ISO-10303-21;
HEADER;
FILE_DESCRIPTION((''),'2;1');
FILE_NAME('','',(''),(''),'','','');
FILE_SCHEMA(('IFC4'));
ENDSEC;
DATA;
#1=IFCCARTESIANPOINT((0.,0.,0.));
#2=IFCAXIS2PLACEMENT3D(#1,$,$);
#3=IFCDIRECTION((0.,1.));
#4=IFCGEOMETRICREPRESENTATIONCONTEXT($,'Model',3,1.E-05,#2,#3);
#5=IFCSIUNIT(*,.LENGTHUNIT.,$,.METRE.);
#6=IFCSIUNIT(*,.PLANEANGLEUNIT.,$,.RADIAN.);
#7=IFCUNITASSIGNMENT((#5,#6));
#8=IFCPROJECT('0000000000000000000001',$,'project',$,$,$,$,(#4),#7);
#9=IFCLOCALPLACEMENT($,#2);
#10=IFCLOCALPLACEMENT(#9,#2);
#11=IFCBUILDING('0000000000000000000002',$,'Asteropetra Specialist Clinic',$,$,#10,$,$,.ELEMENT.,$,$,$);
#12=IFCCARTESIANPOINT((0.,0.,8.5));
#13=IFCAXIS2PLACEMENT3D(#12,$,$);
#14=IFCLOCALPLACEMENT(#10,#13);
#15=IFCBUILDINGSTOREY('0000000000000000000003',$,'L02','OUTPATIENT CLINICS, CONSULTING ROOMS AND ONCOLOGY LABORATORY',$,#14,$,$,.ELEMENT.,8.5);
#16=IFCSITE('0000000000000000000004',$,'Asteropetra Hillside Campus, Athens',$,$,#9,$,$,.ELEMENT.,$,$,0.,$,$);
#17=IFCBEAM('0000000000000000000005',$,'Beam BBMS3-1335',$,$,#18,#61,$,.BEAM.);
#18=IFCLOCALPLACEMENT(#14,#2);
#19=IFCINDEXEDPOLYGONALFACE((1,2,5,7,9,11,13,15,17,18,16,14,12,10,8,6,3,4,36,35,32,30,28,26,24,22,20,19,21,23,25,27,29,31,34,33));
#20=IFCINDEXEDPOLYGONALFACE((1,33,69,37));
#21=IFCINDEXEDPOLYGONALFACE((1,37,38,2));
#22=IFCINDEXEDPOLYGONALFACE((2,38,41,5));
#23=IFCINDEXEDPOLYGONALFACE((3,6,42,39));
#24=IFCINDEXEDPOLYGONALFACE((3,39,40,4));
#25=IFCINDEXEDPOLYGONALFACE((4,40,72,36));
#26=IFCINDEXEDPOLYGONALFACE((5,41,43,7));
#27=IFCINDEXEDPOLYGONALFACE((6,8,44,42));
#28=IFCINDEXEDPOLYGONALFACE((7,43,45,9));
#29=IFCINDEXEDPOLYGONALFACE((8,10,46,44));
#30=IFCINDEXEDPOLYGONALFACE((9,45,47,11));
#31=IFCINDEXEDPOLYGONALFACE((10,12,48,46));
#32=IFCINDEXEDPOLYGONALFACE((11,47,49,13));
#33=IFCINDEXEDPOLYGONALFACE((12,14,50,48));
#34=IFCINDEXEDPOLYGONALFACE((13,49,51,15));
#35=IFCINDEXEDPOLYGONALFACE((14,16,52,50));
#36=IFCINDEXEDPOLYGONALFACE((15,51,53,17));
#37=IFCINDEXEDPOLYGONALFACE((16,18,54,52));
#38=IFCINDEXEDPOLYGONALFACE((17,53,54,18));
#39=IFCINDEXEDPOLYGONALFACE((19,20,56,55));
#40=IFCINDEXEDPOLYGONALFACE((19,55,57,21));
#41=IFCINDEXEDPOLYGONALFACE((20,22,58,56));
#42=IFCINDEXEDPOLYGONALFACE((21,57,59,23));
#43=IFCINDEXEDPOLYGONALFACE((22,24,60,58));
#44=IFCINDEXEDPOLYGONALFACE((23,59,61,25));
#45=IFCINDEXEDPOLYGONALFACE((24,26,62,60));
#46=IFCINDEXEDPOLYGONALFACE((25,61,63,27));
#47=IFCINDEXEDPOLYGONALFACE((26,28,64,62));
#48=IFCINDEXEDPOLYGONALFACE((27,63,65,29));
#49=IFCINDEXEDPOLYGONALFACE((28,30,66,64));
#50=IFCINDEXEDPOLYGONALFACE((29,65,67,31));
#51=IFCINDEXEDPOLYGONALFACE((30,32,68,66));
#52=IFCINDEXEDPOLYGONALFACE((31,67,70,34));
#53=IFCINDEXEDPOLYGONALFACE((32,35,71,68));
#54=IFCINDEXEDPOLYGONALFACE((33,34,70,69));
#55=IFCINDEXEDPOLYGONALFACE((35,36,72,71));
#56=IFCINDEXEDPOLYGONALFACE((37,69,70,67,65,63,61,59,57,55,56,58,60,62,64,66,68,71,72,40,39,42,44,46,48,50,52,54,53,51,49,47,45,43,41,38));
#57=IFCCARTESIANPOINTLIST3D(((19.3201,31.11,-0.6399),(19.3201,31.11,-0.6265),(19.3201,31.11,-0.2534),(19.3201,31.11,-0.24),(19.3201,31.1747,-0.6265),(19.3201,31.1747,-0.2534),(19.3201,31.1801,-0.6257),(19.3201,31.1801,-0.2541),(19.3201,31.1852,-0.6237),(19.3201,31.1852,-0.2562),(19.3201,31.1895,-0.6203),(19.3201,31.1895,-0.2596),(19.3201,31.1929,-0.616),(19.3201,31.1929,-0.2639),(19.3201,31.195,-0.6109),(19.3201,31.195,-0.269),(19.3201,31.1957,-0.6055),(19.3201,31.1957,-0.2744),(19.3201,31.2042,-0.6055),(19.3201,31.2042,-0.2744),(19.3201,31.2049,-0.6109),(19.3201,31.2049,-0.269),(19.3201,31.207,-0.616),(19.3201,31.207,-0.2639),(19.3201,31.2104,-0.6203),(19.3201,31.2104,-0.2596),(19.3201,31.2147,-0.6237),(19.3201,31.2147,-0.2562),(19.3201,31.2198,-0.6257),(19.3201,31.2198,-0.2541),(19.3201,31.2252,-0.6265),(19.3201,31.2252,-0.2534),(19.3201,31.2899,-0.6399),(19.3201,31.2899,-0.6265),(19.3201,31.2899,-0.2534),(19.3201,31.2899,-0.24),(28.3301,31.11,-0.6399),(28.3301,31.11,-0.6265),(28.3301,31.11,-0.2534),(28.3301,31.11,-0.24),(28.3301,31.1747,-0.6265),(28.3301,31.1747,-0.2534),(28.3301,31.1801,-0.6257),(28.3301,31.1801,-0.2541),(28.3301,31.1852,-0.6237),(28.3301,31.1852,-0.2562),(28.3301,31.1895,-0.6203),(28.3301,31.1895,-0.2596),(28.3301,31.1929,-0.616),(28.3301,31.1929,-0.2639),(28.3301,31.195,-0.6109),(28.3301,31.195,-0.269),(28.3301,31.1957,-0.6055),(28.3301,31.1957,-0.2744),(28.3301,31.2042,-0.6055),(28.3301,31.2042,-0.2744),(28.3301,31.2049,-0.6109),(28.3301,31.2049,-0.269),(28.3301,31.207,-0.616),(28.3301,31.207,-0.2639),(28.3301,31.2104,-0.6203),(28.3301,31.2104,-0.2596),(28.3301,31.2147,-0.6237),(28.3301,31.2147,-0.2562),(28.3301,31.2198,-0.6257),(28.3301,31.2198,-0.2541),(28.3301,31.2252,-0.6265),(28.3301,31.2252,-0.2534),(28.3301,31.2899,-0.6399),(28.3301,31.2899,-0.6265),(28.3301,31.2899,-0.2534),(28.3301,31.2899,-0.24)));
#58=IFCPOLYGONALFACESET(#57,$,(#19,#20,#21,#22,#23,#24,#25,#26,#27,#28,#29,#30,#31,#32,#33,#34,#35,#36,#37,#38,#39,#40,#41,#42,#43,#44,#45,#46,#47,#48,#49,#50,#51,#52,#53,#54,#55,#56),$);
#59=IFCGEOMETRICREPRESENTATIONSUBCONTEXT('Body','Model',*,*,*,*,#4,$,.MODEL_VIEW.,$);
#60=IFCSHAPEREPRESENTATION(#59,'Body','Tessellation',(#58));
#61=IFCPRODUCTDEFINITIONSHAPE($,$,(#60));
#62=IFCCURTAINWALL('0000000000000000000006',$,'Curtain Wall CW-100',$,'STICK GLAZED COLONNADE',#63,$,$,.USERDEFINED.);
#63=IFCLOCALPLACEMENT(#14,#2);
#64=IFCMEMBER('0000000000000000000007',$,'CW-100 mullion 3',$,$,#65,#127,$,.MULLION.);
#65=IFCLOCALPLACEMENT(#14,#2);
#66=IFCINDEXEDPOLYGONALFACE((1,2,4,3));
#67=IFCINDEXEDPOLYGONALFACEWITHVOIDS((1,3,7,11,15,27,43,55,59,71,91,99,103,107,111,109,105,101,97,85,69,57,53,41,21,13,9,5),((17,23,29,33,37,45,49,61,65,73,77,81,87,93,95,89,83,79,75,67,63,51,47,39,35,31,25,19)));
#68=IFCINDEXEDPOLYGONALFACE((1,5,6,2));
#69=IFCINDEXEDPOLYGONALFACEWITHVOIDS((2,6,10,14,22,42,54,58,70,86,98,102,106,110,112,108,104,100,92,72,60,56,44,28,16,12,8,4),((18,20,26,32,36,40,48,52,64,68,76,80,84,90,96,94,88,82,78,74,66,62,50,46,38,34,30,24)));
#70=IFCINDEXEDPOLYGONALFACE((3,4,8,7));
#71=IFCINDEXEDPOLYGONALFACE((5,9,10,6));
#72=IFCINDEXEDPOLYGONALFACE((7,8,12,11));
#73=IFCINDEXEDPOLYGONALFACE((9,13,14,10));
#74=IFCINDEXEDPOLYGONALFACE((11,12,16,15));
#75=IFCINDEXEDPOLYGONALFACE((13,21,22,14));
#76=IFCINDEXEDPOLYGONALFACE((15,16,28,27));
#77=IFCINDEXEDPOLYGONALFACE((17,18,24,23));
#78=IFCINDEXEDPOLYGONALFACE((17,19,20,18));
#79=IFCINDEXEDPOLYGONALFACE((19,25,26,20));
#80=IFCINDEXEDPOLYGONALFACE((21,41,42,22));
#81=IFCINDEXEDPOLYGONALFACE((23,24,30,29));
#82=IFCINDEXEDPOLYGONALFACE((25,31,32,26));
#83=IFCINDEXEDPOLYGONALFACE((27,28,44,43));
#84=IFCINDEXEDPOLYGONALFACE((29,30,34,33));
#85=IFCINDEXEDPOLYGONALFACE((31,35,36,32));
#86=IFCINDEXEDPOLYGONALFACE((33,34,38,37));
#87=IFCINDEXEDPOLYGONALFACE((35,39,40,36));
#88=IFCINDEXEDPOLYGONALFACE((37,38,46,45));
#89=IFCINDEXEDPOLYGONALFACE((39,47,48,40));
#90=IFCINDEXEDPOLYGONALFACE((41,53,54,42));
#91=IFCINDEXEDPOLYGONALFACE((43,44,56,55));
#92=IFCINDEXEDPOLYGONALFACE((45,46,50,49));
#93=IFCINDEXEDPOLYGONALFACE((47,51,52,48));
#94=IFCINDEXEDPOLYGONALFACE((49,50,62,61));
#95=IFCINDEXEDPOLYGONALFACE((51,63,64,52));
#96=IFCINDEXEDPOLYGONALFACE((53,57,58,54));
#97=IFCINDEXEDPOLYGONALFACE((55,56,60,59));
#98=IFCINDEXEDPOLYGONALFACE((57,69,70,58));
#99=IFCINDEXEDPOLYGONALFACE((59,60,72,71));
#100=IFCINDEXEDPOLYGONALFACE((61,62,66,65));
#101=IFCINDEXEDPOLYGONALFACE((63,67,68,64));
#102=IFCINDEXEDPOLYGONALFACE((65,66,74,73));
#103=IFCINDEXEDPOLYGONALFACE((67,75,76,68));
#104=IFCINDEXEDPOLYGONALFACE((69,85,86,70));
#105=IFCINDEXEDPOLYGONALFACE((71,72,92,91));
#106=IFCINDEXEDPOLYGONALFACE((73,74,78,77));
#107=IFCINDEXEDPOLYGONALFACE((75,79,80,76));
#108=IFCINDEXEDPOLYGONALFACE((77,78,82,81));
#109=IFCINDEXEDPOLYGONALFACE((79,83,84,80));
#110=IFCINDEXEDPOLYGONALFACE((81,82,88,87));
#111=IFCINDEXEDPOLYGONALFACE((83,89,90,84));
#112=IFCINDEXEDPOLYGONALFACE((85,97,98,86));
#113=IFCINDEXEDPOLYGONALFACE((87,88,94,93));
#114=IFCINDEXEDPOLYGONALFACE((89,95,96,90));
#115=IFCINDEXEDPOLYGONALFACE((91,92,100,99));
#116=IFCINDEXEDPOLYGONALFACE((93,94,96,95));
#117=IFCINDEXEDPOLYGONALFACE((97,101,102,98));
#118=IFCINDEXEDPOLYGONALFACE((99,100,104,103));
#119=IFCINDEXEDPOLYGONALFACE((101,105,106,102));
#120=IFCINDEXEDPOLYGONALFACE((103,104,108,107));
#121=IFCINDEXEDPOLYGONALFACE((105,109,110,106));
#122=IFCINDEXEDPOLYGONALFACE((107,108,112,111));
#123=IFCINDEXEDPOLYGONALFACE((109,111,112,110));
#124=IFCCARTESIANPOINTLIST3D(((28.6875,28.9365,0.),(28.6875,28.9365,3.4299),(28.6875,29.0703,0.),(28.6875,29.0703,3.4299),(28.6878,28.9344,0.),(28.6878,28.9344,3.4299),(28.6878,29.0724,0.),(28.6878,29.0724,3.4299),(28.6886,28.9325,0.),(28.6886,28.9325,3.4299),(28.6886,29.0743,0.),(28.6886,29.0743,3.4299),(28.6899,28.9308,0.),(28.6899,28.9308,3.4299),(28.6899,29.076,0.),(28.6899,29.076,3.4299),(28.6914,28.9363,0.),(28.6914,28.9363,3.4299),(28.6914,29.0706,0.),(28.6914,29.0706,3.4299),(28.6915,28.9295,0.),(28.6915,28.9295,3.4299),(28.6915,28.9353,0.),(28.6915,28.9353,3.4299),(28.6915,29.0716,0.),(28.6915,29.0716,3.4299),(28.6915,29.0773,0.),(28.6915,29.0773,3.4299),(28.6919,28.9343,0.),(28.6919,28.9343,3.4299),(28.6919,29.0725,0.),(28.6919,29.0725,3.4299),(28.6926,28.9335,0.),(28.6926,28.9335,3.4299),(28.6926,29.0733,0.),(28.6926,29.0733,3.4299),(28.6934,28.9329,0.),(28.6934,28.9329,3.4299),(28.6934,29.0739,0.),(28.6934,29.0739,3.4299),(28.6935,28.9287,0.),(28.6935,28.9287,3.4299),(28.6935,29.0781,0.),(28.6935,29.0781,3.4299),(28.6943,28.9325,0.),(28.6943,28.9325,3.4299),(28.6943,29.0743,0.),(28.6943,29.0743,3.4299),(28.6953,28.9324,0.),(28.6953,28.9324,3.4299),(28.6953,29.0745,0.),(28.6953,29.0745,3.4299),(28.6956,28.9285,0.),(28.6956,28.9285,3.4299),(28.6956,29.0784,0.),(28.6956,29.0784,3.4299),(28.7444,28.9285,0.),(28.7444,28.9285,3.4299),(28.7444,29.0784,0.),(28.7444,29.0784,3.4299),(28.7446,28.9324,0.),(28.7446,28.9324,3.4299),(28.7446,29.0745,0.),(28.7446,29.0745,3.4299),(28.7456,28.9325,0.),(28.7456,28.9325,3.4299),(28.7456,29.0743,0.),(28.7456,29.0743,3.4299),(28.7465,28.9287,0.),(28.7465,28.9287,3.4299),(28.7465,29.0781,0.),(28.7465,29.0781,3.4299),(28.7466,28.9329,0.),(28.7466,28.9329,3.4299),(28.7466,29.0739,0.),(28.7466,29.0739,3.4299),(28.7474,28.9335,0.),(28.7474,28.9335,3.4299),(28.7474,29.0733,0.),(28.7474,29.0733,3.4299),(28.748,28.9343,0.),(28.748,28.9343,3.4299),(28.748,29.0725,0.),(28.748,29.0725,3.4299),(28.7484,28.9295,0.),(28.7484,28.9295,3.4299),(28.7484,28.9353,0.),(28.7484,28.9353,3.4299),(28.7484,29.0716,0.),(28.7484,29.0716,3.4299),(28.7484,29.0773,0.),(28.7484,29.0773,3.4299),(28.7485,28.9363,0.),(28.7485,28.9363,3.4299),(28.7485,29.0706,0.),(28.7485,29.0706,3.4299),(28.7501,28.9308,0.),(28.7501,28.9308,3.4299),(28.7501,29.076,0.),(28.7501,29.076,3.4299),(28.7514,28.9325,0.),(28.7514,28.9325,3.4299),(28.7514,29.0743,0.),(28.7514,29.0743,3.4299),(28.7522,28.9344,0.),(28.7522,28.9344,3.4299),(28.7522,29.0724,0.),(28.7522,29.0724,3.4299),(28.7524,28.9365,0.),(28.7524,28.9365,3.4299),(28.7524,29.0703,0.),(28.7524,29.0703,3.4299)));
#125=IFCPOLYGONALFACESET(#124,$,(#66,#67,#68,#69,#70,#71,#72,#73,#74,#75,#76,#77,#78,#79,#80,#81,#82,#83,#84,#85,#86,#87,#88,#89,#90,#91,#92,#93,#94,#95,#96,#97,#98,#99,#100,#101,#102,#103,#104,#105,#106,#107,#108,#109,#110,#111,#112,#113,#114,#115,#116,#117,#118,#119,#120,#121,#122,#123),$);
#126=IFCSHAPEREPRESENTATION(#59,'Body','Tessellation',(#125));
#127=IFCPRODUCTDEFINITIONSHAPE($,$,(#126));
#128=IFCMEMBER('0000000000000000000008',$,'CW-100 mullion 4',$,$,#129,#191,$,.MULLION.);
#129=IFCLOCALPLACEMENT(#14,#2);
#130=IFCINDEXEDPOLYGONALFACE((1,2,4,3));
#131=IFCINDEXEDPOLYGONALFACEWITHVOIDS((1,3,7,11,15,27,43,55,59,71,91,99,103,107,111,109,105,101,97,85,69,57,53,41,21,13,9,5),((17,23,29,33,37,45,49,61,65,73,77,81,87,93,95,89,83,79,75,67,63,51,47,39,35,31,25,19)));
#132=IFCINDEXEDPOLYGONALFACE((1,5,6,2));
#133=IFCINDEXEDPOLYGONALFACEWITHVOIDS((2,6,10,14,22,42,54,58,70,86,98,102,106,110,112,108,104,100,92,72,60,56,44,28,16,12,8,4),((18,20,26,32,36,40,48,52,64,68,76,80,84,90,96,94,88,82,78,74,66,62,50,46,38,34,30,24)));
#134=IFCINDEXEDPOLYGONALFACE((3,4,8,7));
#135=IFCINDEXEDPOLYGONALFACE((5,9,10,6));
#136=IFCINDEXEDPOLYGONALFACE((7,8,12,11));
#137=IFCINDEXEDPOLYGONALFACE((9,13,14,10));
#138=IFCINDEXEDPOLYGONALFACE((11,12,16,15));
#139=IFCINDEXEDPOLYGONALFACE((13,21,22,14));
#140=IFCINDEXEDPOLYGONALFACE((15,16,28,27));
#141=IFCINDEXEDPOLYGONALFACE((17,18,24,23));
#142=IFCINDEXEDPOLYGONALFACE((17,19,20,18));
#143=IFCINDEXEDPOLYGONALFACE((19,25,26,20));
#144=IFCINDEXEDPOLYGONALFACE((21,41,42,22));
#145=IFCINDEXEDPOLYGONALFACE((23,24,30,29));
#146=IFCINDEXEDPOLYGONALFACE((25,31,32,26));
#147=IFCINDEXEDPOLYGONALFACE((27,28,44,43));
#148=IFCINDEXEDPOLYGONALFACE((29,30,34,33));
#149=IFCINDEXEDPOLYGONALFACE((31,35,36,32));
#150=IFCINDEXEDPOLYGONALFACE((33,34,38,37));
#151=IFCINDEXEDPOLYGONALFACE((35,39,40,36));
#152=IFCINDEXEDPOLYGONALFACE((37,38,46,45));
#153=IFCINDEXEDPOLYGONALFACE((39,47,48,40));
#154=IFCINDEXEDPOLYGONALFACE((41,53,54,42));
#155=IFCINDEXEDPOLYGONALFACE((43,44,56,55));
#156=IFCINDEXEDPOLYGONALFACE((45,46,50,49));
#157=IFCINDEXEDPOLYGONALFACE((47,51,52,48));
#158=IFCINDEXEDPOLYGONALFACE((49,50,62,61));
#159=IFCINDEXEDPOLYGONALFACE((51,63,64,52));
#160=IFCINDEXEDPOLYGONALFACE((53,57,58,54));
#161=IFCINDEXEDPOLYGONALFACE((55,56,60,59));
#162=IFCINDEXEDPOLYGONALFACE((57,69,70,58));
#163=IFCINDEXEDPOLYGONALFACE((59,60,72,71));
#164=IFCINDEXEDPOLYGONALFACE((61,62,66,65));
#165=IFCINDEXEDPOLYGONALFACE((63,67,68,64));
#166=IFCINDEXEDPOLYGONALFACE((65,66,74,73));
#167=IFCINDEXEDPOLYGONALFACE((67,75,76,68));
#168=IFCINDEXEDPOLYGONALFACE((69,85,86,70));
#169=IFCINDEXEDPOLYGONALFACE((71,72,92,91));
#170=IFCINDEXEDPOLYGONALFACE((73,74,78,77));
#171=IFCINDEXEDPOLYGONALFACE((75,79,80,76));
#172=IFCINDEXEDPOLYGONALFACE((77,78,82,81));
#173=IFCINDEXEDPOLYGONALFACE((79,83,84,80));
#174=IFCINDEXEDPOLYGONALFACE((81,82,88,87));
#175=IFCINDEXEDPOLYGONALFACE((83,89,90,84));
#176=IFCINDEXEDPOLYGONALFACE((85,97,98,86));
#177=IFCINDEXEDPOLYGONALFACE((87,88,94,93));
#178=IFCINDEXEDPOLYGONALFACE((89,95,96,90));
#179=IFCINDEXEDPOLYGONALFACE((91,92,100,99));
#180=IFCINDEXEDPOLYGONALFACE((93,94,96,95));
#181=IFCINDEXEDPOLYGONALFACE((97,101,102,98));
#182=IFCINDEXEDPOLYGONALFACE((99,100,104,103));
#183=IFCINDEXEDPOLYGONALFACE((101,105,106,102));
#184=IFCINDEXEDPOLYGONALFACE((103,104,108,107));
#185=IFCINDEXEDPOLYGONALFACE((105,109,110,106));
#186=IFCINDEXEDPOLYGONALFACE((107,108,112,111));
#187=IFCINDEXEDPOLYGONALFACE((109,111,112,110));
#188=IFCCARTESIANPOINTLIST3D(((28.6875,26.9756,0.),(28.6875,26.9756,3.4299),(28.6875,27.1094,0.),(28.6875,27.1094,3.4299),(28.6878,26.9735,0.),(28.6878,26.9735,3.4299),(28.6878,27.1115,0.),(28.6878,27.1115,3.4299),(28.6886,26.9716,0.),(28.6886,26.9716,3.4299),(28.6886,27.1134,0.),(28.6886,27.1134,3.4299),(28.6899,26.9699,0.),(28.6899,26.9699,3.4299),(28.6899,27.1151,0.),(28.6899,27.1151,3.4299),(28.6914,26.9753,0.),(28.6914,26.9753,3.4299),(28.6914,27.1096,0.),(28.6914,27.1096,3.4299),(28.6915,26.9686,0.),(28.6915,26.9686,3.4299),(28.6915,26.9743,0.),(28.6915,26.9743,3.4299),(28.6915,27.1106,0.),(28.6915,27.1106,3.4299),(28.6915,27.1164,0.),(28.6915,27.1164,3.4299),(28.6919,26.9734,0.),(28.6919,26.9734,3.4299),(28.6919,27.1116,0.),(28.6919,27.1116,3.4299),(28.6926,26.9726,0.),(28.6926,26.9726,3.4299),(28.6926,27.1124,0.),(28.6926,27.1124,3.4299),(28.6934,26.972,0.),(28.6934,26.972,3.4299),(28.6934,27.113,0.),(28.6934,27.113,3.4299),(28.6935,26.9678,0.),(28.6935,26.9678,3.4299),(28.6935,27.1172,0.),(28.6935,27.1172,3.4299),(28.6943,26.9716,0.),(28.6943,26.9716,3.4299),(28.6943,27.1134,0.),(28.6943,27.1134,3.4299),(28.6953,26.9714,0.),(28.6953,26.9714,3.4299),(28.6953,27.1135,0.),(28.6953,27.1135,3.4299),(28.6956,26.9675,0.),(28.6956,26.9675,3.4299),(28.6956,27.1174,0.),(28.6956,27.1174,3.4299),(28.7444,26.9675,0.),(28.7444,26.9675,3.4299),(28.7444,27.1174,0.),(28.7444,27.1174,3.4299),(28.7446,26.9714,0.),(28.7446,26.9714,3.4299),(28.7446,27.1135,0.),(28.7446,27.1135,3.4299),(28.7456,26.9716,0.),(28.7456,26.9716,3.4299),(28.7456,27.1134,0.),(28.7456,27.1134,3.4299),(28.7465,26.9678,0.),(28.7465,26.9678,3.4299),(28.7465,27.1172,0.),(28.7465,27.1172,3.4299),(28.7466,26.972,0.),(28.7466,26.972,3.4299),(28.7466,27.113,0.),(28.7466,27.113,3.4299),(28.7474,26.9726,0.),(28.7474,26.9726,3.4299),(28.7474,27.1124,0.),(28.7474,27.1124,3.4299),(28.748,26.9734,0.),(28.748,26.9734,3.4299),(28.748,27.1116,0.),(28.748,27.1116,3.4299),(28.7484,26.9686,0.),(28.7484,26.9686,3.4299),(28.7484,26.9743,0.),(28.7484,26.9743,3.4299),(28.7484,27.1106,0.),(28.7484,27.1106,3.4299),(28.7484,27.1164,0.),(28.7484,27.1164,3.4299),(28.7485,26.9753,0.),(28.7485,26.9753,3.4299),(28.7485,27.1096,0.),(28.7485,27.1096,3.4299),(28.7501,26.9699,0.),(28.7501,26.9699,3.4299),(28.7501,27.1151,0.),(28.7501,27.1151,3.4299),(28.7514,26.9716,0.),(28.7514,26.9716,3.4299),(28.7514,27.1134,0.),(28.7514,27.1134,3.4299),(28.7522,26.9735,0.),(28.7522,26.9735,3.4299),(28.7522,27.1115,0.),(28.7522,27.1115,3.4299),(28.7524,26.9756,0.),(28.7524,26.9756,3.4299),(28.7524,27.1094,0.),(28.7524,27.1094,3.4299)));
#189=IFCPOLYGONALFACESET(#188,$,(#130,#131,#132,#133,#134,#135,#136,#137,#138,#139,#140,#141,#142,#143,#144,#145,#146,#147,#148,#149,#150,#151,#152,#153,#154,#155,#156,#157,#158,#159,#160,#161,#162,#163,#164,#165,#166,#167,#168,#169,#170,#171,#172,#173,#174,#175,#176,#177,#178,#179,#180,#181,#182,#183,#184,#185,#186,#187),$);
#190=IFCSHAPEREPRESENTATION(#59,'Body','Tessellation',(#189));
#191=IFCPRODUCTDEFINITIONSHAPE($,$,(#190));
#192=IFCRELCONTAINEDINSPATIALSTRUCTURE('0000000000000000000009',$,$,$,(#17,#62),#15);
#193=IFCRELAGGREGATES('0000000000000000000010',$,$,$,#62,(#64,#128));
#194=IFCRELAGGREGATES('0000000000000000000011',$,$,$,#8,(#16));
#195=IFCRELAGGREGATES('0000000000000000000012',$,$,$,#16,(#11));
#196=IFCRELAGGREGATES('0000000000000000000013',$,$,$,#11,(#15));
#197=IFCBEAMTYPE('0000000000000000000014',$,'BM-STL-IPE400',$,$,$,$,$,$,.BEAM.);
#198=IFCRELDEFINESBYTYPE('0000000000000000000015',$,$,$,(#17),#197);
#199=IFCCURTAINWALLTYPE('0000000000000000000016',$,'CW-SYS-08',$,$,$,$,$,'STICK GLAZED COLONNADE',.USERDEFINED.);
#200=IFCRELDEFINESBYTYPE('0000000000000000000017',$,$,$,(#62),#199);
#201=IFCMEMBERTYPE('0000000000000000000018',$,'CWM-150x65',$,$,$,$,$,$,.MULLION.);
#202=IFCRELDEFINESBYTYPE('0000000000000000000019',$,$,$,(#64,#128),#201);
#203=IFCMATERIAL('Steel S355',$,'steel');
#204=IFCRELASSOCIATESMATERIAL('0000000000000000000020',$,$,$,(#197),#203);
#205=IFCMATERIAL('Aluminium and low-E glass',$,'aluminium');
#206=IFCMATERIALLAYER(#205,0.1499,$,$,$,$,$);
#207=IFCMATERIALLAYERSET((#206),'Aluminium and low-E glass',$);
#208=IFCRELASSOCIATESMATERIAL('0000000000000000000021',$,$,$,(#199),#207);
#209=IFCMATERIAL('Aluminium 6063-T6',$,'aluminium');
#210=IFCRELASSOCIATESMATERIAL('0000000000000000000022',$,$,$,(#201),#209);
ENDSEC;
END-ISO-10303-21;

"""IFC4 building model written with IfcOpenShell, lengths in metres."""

from ifc_helpers import new_model, si_unit, direction, frame, origin, origin_2d, place, context, subcontext, project, spatial, hollow_rectangle, i_section, extrude, material, layer, layer_set, material_profile, profile_set, type_object, element, aggregate, save


model = new_model("IFC4")

# Units and contexts
model_context = context("Model", 3, precision=1e-05, world=origin(), true_north=direction((0.0, 1.0)))
body_context = subcontext(model_context, "Body", "Model", "MODEL_VIEW")
ifc_project = project(units=[si_unit("LENGTHUNIT", "METRE"), si_unit("PLANEANGLEUNIT", "RADIAN")], contexts=[model_context])

# Site, building, storey
site_placement = place(None, origin())
site = spatial("IfcSite", under=ifc_project, at=site_placement, Name="Asteropetra Hillside Campus, Athens", CompositionType="ELEMENT", RefElevation=0.0)
building_placement = place(site_placement, origin())
building = spatial("IfcBuilding", under=site, at=building_placement, Name="Asteropetra Specialist Clinic", CompositionType="ELEMENT")
storey_placement = place(building_placement, frame((0.0, 0.0, 8.5)))
storey = spatial("IfcBuildingStorey", under=building, at=storey_placement, Name="L02", Description="OUTPATIENT CLINICS, CONSULTING ROOMS AND ONCOLOGY LABORATORY", CompositionType="ELEMENT", Elevation=8.5)

# Beam
ifc_material_1 = material(Name="Steel S355", Category="steel")
ifc_material_profile_1 = material_profile(ifc_material_1, i_section(OverallWidth=0.1799, OverallDepth=0.3999, WebThickness=0.0085, FlangeThickness=0.0134, FilletRadius=0.021, at=origin_2d()), Name="IPE 400")
ifc_profile_set_1 = profile_set([ifc_material_profile_1], Name="Steel S355")
beam_type_1 = type_object("IfcBeamType", Name="BM-STL-IPE400", PredefinedType="BEAM", material=ifc_profile_set_1)
for number, where, z_axis, x_axis, name in (
    (1, (19.3201, 31.2, -0.4399), (1.0, 0.0, 0.0), (0.0, 1.0, 0.0), "Beam BBMS3-1335"),
):
    element("IfcBeam", number, at=place(storey_placement, frame(where, z_axis=z_axis, x_axis=x_axis)), inside=storey, type_object=beam_type_1, Name=name, PredefinedType="BEAM", context=body_context, shape_type="SweptSolid", body=[
        extrude(i_section(OverallWidth=0.1799, OverallDepth=0.3999, WebThickness=0.0085, FlangeThickness=0.0134, FilletRadius=0.021, at=origin_2d()), origin(), (0.0, 0.0, 1.0), 9.01),
    ])

# Curtain wall, members
ifc_material_2 = material(Name="Aluminium and low-E glass", Category="aluminium")
ifc_layer_1 = layer(ifc_material_2, 0.1499)
ifc_layer_set_1 = layer_set([ifc_layer_1], Name="Aluminium and low-E glass")
curtain_wall_type = type_object("IfcCurtainWallType", Name="CW-SYS-08", ElementType="STICK GLAZED COLONNADE", PredefinedType="USERDEFINED", material=ifc_layer_set_1)
curtain_wall_placement = place(storey_placement, origin())
curtain_wall = element("IfcCurtainWall", 2, at=curtain_wall_placement, inside=storey, type_object=curtain_wall_type, Name="Curtain Wall CW-100", ObjectType="STICK GLAZED COLONNADE", PredefinedType="USERDEFINED")
ifc_material_3 = material(Name="Aluminium 6063-T6", Category="aluminium")
ifc_material_profile_2 = material_profile(ifc_material_3, hollow_rectangle(XDim=0.0649, YDim=0.1499, WallThickness=0.0039, InnerFilletRadius=0.0039, OuterFilletRadius=0.0081, at=origin_2d()), Name="MUL 150x65x4.0")
ifc_profile_set_2 = profile_set([ifc_material_profile_2], Name="Aluminium 6063-T6")
member_type_1 = type_object("IfcMemberType", Name="CWM-150x65", PredefinedType="MULLION", material=ifc_profile_set_2)
member_1_placement = place(storey_placement, frame((28.72, 29.0034, 0.0), z_axis=(0.0, 0.0, 1.0), x_axis=(1.0, 0.0, 0.0)))
member_1 = element("IfcMember", 3, at=member_1_placement, type_object=member_type_1, Name="CW-100 mullion 3", PredefinedType="MULLION", context=body_context, shape_type="SweptSolid", body=[
    extrude(hollow_rectangle(XDim=0.0649, YDim=0.1499, WallThickness=0.0039, InnerFilletRadius=0.0039, OuterFilletRadius=0.0081, at=origin_2d()), origin(), (0.0, 0.0, 1.0), 3.4299),
])
member_2_placement = place(storey_placement, frame((28.72, 27.0425, 0.0), z_axis=(0.0, 0.0, 1.0), x_axis=(1.0, 0.0, 0.0)))
member_2 = element("IfcMember", 4, at=member_2_placement, type_object=member_type_1, Name="CW-100 mullion 4", PredefinedType="MULLION", context=body_context, shape_type="SweptSolid", body=[
    extrude(hollow_rectangle(XDim=0.0649, YDim=0.1499, WallThickness=0.0039, InnerFilletRadius=0.0039, OuterFilletRadius=0.0081, at=origin_2d()), origin(), (0.0, 0.0, 1.0), 3.4299),
])

aggregate(curtain_wall, [member_1, member_2])

save(model, "model.ifc")
